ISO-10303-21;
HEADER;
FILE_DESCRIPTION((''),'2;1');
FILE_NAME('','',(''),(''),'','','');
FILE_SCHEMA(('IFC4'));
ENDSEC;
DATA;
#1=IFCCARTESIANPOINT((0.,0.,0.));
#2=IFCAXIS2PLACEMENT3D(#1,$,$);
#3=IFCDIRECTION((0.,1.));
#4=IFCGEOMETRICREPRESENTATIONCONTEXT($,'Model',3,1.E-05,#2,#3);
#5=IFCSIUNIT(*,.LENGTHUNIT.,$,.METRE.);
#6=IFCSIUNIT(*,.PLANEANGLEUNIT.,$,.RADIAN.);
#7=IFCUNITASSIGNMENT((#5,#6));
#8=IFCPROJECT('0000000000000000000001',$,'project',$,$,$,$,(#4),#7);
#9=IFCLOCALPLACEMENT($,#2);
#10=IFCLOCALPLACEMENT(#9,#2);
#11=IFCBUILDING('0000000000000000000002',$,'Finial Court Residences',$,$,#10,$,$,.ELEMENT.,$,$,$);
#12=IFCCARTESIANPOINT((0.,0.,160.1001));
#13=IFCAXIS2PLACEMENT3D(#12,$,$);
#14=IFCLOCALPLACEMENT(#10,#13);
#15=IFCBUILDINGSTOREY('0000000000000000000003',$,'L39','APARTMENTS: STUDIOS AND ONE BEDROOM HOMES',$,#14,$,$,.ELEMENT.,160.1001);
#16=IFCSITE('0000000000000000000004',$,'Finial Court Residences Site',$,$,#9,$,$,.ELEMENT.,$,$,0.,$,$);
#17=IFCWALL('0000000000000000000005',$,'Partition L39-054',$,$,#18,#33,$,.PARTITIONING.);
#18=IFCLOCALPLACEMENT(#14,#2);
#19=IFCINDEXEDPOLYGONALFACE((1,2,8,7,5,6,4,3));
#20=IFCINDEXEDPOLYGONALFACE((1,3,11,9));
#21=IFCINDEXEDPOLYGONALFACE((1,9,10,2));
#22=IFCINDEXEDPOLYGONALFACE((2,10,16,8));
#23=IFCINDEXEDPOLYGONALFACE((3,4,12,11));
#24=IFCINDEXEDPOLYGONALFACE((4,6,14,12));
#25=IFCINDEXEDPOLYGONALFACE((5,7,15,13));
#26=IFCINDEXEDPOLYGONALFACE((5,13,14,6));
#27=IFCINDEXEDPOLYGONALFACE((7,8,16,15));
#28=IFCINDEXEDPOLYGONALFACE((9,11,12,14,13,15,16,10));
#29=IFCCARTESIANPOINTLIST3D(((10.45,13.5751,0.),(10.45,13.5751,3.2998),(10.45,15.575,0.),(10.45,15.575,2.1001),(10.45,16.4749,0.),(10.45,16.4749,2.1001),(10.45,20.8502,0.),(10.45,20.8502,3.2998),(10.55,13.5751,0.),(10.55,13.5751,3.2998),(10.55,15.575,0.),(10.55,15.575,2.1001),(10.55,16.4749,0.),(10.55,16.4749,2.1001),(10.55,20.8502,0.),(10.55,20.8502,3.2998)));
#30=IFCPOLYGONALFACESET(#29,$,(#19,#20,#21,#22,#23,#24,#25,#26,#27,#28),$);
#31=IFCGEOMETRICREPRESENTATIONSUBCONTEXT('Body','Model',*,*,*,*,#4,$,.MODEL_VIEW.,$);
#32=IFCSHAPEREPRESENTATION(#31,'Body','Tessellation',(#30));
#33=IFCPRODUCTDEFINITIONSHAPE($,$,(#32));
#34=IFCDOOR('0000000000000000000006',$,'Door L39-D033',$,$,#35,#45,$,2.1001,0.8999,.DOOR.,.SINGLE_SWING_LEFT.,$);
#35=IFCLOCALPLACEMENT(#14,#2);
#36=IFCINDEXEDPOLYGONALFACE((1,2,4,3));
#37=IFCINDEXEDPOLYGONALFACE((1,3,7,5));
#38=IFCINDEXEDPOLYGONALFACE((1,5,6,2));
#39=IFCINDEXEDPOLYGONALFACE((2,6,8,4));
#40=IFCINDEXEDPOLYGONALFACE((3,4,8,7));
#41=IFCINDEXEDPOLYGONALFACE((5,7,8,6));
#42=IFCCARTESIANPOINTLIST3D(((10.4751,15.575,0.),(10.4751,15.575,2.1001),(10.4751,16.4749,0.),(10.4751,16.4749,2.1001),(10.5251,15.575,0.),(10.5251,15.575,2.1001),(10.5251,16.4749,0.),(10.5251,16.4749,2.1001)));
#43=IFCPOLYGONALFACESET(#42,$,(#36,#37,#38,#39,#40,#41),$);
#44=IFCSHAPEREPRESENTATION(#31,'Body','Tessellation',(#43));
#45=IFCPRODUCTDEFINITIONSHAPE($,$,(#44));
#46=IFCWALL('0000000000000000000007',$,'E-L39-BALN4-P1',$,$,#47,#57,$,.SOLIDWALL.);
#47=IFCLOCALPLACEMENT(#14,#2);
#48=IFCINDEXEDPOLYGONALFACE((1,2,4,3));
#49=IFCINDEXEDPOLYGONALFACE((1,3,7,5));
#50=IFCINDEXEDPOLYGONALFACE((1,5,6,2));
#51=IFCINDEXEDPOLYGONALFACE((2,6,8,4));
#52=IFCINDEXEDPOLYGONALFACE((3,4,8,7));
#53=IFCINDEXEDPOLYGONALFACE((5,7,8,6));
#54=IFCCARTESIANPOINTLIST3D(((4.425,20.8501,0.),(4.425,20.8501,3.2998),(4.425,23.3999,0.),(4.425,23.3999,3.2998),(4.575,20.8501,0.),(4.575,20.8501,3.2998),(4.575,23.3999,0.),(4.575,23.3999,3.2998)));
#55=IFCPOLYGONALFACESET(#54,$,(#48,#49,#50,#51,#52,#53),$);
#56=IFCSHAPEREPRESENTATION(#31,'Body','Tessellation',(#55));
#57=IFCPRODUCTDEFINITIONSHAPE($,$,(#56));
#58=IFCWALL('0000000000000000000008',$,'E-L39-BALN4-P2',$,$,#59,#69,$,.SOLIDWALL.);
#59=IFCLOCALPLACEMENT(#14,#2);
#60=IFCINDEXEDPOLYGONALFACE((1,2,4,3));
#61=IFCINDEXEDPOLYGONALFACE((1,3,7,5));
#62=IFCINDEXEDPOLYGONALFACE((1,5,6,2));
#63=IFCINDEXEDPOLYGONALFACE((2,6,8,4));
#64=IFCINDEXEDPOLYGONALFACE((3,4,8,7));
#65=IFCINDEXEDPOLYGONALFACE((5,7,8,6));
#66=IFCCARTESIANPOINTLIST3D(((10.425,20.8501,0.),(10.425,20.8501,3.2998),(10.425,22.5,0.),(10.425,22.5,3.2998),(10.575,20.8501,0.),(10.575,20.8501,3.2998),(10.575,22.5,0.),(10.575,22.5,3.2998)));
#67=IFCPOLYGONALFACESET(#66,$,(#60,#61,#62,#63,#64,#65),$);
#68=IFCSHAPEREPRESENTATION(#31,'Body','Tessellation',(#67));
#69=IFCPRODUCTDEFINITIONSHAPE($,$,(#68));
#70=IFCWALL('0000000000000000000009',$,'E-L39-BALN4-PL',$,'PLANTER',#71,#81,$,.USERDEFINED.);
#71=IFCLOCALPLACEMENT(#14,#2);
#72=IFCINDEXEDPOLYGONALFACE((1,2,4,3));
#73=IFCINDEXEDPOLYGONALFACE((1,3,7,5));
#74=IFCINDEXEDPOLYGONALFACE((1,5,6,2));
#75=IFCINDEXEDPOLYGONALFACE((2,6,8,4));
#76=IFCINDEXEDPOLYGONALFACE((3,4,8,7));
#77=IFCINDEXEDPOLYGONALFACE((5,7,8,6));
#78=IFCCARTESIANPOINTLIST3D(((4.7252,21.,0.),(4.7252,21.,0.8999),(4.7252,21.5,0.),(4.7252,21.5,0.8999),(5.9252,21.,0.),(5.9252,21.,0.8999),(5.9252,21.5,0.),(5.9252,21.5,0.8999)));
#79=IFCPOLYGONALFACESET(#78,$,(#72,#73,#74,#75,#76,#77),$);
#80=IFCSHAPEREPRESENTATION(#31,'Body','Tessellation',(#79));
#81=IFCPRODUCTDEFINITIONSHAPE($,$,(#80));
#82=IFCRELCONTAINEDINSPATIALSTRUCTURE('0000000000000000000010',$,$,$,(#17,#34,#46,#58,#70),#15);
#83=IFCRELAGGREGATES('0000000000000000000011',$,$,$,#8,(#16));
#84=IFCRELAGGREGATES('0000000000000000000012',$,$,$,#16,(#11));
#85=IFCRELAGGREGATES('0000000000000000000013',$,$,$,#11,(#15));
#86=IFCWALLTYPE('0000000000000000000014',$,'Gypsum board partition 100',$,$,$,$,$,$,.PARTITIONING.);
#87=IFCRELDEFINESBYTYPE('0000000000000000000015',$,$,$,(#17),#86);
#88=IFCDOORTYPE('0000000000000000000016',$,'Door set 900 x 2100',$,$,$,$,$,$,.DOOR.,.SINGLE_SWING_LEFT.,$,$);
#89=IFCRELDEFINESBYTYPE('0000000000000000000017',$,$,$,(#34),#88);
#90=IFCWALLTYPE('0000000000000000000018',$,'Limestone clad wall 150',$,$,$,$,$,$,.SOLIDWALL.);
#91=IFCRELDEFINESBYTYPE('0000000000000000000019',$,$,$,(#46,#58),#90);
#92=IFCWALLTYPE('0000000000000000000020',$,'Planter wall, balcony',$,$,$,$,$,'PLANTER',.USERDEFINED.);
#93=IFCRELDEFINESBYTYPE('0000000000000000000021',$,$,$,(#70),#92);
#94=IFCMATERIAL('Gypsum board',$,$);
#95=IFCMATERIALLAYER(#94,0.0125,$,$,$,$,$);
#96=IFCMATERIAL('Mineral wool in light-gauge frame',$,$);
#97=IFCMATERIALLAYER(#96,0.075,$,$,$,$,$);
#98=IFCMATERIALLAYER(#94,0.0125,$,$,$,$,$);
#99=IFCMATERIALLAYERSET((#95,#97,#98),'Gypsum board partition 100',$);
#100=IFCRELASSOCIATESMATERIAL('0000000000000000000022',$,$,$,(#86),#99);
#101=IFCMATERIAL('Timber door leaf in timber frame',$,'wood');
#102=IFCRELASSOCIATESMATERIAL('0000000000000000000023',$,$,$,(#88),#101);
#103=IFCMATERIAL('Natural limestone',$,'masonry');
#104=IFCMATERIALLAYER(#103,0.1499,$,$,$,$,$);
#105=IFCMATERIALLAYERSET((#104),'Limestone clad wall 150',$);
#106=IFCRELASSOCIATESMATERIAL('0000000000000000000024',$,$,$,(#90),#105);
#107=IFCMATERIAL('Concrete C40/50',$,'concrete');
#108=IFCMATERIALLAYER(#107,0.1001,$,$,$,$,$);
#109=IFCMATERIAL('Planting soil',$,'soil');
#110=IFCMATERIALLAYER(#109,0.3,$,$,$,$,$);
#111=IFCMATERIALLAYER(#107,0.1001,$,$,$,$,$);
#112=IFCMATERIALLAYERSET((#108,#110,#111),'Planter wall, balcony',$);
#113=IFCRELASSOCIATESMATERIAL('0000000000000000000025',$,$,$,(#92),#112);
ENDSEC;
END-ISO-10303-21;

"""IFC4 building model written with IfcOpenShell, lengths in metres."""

from ifc_helpers import new_model, si_unit, direction, frame, frame_2d, origin, place, context, subcontext, project, spatial, rectangle, extrude, material, layer, layer_set, type_object, element, fill, save


model = new_model("IFC4")

# Units and contexts
model_context = context("Model", 3, precision=1e-05, world=origin(), true_north=direction((0.0, 1.0)))
body_context = subcontext(model_context, "Body", "Model", "MODEL_VIEW")
ifc_project = project(units=[si_unit("LENGTHUNIT", "METRE"), si_unit("PLANEANGLEUNIT", "RADIAN")], contexts=[model_context])

# Site, building, storey
site_placement = place(None, origin())
site = spatial("IfcSite", under=ifc_project, at=site_placement, Name="Finial Court Residences Site", CompositionType="ELEMENT", RefElevation=0.0)
building_placement = place(site_placement, origin())
building = spatial("IfcBuilding", under=site, at=building_placement, Name="Finial Court Residences", CompositionType="ELEMENT")
storey_placement = place(building_placement, frame((0.0, 0.0, 160.1001)))
storey = spatial("IfcBuildingStorey", under=building, at=storey_placement, Name="L39", Description="APARTMENTS: STUDIOS AND ONE BEDROOM HOMES", CompositionType="ELEMENT", Elevation=160.1001)

# Shared definitions
ifc_material_1 = material(Name="Gypsum board")

# Wall, opening, door
ifc_layer_1 = layer(ifc_material_1, 0.0125)
ifc_material_2 = material(Name="Mineral wool in light-gauge frame")
ifc_layer_2 = layer(ifc_material_2, 0.075)
ifc_layer_3 = layer(ifc_material_1, 0.0125)
ifc_layer_set_1 = layer_set([ifc_layer_1, ifc_layer_2, ifc_layer_3], Name="Gypsum board partition 100")
wall_type_1 = type_object("IfcWallType", Name="Gypsum board partition 100", PredefinedType="PARTITIONING", material=ifc_layer_set_1)
ifc_material_3 = material(Name="Timber door leaf in timber frame", Category="wood")
door_type_1 = type_object("IfcDoorType", Name="Door set 900 x 2100", OperationType="SINGLE_SWING_LEFT", PredefinedType="DOOR", material=ifc_material_3)
wall_1_placement = place(storey_placement, frame((10.5, 13.575, 0.0), z_axis=(0.0, 0.0, 1.0), x_axis=(0.0, 1.0, 0.0)))
wall_1 = element("IfcWall", 1, at=wall_1_placement, inside=storey, type_object=wall_type_1, Name="Partition L39-054", PredefinedType="PARTITIONING", context=body_context, shape_type="SweptSolid", body=[
    extrude(rectangle(XDim=7.2751, YDim=0.1001, at=frame_2d((3.6377, 0.0))), origin(), (0.0, 0.0, 1.0), 3.2998),
])
opening_1_placement = place(wall_1_placement, frame((2.0, 0.0, 0.0)))
opening_1 = element("IfcOpeningElement", 2, at=opening_1_placement, cuts=wall_1, PredefinedType="OPENING", context=body_context, shape_type="SweptSolid", body=[
    extrude(rectangle(XDim=0.8999, YDim=2.1001, at=frame_2d((0.45, 1.05))), frame((0.0, 0.0601, 0.0), z_axis=(0.0, -1.0, 0.0), x_axis=(1.0, 0.0, 0.0)), (0.0, 0.0, 1.0), 0.1201),
])
door_1_placement = place(opening_1_placement, origin())
door_1 = element("IfcDoor", 3, at=door_1_placement, inside=storey, type_object=door_type_1, Name="Door L39-D033", OperationType="SINGLE_SWING_LEFT", OverallHeight=2.1001, OverallWidth=0.8999, PredefinedType="DOOR", context=body_context, shape_type="SweptSolid", body=[
    extrude(rectangle(XDim=0.8999, YDim=2.1001, at=frame_2d((0.45, 1.05))), frame((0.0, 0.0249, 0.0), z_axis=(0.0, -1.0, 0.0), x_axis=(1.0, 0.0, 0.0)), (0.0, 0.0, 1.0), 0.05),
])
fill(opening_1, door_1)

# Walls
ifc_material_4 = material(Name="Natural limestone", Category="masonry")
ifc_layer_4 = layer(ifc_material_4, 0.1499)
ifc_layer_set_2 = layer_set([ifc_layer_4], Name="Limestone clad wall 150")
wall_type_2 = type_object("IfcWallType", Name="Limestone clad wall 150", PredefinedType="SOLIDWALL", material=ifc_layer_set_2)
wall_2_placement = place(storey_placement, frame((4.5, 20.8501, 0.0), z_axis=(0.0, 0.0, 1.0), x_axis=(0.0, 1.0, 0.0)))
element("IfcWall", 4, at=wall_2_placement, inside=storey, type_object=wall_type_2, Name="E-L39-BALN4-P1", PredefinedType="SOLIDWALL", context=body_context, shape_type="SweptSolid", body=[
    extrude(rectangle(XDim=2.5498, YDim=0.1499, at=frame_2d((1.2749, 0.0))), origin(), (0.0, 0.0, 1.0), 3.2998),
])
wall_3_placement = place(storey_placement, frame((10.5, 20.8501, 0.0), z_axis=(0.0, 0.0, 1.0), x_axis=(0.0, 1.0, 0.0)))
element("IfcWall", 5, at=wall_3_placement, inside=storey, type_object=wall_type_2, Name="E-L39-BALN4-P2", PredefinedType="SOLIDWALL", context=body_context, shape_type="SweptSolid", body=[
    extrude(rectangle(XDim=1.6499, YDim=0.1499, at=frame_2d((0.825, 0.0))), origin(), (0.0, 0.0, 1.0), 3.2998),
])

# Wall
ifc_material_5 = material(Name="Concrete C40/50", Category="concrete")
ifc_layer_5 = layer(ifc_material_5, 0.1001)
ifc_material_6 = material(Name="Planting soil", Category="soil")
ifc_layer_6 = layer(ifc_material_6, 0.3)
ifc_layer_7 = layer(ifc_material_5, 0.1001)
ifc_layer_set_3 = layer_set([ifc_layer_5, ifc_layer_6, ifc_layer_7], Name="Planter wall, balcony")
wall_type_3 = type_object("IfcWallType", Name="Planter wall, balcony", ElementType="PLANTER", PredefinedType="USERDEFINED", material=ifc_layer_set_3)
wall_4_placement = place(storey_placement, frame((4.7251, 21.25, 0.0), z_axis=(0.0, 0.0, 1.0), x_axis=(1.0, 0.0, 0.0)))
element("IfcWall", 6, at=wall_4_placement, inside=storey, type_object=wall_type_3, Name="E-L39-BALN4-PL", ObjectType="PLANTER", PredefinedType="USERDEFINED", context=body_context, shape_type="SweptSolid", body=[
    extrude(rectangle(XDim=1.2, YDim=0.5, at=frame_2d((0.6001, 0.0))), origin(), (0.0, 0.0, 1.0), 0.8999),
])

save(model, "model.ifc")
